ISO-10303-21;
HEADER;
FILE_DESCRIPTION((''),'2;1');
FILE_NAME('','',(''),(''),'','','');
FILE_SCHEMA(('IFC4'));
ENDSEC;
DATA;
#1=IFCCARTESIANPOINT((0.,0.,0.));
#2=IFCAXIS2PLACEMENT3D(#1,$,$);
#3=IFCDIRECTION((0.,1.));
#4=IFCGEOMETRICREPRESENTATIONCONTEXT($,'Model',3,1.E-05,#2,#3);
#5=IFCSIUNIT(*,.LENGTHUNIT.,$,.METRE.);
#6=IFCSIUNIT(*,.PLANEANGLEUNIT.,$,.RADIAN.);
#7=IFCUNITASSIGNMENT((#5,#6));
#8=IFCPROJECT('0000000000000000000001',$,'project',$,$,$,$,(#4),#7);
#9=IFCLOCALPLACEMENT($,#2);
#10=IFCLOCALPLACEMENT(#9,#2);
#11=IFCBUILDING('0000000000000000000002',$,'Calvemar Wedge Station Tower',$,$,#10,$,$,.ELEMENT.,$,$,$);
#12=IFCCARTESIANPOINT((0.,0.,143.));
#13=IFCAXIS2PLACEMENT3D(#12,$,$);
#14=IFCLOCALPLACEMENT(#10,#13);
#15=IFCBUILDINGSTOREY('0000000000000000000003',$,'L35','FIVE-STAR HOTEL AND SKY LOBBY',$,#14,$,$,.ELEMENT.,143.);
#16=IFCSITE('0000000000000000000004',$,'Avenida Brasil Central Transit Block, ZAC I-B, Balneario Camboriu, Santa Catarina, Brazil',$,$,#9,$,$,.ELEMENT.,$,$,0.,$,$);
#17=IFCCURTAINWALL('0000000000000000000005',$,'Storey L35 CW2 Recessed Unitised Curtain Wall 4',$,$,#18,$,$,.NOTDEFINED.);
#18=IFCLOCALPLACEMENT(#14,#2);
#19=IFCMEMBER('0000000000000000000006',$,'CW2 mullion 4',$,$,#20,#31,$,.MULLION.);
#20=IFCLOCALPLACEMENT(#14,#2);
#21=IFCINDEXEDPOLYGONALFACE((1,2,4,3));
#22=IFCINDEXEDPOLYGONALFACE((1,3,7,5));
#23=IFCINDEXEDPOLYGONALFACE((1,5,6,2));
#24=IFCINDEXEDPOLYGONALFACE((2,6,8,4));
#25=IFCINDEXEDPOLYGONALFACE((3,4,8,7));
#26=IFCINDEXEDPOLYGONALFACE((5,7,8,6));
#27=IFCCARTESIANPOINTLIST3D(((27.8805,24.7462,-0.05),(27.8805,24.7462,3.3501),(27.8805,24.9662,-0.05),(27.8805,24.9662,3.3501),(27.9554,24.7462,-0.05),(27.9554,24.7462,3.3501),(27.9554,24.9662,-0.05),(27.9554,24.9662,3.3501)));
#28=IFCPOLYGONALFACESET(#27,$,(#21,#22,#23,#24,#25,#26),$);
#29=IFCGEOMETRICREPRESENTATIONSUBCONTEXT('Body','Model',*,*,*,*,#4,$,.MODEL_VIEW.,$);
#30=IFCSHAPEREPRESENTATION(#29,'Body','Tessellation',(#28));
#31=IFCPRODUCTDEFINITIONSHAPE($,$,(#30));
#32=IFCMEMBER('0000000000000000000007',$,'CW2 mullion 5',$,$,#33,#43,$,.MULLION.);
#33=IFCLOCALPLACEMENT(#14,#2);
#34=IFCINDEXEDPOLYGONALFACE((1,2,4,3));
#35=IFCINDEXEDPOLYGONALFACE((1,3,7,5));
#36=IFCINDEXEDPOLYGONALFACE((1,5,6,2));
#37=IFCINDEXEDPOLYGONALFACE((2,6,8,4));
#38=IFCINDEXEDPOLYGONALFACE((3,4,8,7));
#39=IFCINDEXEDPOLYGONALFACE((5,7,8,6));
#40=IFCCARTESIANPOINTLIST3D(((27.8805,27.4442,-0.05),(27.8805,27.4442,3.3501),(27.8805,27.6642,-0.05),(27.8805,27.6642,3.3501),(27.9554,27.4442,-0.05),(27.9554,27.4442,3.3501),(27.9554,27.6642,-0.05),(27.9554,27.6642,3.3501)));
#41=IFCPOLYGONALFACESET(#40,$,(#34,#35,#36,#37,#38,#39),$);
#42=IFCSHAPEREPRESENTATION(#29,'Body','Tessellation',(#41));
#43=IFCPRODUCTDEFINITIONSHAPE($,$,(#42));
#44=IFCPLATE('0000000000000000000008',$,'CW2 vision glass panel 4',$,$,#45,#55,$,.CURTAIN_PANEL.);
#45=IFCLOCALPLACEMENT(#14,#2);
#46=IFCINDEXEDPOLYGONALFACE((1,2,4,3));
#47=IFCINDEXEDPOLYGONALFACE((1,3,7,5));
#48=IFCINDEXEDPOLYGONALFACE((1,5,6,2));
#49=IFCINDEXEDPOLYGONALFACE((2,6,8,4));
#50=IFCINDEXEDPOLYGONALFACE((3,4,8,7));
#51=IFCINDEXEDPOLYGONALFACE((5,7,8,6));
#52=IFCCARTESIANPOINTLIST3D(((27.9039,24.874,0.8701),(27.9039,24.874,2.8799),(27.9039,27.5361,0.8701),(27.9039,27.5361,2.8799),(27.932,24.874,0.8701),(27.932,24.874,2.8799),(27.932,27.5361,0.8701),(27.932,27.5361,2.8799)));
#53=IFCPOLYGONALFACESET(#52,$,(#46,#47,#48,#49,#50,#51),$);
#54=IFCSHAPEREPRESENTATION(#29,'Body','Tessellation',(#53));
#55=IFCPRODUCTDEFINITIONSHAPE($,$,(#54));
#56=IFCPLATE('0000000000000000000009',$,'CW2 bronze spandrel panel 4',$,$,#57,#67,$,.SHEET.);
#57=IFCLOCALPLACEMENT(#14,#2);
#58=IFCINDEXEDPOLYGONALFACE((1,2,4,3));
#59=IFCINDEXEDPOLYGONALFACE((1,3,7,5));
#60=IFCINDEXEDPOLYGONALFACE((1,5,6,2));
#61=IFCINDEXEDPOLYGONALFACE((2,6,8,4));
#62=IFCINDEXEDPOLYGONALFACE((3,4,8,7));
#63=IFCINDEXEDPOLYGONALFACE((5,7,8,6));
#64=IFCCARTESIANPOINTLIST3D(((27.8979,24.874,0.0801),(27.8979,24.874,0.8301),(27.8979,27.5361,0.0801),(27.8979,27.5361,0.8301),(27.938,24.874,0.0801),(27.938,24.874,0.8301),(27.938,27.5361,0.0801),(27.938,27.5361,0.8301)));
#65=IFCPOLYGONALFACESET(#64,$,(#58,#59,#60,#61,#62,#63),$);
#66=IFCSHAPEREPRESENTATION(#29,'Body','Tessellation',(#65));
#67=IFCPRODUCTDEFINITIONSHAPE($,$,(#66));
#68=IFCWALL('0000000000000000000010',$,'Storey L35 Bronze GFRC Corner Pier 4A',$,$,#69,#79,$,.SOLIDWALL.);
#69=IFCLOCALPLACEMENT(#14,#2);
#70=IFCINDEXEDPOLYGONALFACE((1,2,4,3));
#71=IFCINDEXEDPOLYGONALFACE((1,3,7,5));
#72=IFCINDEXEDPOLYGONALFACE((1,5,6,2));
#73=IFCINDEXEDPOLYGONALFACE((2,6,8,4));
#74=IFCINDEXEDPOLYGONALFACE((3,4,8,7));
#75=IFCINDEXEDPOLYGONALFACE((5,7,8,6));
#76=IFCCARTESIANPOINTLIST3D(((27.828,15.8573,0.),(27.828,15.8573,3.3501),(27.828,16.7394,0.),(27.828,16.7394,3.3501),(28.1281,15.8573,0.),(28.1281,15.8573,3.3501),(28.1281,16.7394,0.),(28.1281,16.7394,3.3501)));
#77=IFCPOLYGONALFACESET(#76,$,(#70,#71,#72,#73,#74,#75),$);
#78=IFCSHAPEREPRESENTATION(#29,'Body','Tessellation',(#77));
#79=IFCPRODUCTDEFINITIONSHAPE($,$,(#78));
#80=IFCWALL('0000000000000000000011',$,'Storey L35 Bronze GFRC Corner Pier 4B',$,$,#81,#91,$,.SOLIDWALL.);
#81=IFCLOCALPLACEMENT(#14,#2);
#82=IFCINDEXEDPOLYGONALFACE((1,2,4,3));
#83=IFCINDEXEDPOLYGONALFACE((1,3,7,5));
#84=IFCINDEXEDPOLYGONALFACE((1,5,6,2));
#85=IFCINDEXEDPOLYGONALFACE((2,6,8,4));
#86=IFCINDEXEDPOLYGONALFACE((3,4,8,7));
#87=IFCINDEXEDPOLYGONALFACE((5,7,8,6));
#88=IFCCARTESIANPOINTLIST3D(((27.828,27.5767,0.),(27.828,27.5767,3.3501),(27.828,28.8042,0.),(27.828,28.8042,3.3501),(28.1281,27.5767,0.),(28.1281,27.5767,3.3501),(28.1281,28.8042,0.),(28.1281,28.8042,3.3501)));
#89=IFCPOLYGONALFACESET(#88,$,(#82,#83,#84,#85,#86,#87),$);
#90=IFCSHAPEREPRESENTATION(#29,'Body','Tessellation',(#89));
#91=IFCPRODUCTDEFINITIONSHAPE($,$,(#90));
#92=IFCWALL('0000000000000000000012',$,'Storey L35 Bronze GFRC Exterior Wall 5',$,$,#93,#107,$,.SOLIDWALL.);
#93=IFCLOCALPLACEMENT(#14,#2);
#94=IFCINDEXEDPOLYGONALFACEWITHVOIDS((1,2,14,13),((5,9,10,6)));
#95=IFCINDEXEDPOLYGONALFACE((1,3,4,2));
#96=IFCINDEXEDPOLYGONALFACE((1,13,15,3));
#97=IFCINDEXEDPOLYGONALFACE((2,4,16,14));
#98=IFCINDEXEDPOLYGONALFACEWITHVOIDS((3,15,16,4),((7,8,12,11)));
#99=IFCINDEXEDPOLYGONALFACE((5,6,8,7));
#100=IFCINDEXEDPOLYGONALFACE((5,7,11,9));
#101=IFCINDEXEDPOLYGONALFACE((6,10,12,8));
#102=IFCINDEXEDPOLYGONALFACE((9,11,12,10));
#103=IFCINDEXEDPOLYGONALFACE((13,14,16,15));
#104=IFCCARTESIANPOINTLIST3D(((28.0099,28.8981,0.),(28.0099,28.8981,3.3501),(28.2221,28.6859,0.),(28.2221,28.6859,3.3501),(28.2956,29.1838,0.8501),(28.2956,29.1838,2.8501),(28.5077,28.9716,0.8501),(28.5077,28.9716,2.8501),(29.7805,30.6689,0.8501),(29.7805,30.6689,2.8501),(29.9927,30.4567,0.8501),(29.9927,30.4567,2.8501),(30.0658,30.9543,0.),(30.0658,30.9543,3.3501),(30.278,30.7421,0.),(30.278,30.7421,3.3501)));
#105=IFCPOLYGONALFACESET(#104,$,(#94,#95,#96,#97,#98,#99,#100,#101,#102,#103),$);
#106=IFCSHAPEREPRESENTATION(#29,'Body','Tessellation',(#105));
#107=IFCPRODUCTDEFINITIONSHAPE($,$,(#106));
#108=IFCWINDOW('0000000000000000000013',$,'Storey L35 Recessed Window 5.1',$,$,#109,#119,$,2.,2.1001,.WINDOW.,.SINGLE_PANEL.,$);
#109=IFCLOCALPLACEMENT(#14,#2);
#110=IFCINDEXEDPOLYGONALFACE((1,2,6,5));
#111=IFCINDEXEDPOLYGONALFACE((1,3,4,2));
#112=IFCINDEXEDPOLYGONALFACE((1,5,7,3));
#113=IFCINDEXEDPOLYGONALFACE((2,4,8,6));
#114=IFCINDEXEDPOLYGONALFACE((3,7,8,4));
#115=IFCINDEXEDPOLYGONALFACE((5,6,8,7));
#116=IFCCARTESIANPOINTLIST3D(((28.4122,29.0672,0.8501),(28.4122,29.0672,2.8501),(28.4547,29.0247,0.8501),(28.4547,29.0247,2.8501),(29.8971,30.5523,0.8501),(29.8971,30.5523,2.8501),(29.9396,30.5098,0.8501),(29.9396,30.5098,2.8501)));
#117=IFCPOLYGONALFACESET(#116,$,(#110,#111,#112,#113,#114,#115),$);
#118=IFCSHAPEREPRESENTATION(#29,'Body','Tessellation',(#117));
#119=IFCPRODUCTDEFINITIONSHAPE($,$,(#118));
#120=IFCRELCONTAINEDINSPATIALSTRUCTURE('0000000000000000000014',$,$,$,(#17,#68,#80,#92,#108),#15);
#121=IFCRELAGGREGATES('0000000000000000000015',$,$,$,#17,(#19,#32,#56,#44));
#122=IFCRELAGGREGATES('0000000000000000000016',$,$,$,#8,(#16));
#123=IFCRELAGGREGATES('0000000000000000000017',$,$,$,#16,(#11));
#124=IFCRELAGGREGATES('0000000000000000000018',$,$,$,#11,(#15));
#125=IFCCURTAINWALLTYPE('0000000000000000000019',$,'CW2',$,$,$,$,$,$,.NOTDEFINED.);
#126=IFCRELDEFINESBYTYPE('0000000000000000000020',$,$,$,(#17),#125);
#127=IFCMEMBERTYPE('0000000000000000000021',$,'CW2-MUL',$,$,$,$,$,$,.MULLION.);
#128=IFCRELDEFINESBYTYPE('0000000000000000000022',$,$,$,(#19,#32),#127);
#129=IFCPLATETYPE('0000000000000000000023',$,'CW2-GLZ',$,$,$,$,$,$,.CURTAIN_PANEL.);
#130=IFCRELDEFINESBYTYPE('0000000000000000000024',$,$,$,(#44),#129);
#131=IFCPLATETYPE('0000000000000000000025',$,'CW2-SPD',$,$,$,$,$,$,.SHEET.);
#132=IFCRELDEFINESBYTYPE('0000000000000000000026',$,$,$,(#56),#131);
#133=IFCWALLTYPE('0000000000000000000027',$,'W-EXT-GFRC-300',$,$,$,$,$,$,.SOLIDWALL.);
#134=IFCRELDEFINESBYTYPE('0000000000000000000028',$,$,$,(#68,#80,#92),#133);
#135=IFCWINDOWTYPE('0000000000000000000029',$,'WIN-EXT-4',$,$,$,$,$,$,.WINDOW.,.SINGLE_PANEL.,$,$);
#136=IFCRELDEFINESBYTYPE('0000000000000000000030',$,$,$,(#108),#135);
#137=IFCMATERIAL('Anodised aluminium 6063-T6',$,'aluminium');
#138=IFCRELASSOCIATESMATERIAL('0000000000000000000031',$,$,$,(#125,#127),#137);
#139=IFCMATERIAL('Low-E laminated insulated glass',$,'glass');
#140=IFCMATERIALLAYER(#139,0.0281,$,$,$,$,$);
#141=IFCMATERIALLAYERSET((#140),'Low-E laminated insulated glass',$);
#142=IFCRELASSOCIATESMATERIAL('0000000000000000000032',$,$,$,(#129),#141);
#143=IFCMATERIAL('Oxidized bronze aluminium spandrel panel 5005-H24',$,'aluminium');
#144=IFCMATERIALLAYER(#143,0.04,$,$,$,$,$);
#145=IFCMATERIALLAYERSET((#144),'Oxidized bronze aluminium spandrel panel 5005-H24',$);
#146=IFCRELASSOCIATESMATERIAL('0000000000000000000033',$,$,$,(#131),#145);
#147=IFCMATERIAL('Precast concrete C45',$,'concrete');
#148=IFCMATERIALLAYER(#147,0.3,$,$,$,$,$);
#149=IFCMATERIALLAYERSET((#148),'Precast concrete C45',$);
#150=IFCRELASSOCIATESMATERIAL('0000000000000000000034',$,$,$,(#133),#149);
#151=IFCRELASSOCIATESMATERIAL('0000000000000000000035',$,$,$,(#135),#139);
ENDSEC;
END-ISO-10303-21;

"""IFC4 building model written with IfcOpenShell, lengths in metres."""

from ifc_helpers import new_model, si_unit, direction, frame, frame_2d, origin, origin_2d, place, context, subcontext, project, spatial, rectangle, extrude, source, transform, mapped, material, layer, layer_set, material_profile, profile_set, type_object, element, fill, aggregate, save


model = new_model("IFC4")

# Units and contexts
model_context = context("Model", 3, precision=1e-05, world=origin(), true_north=direction((0.0, 1.0)))
body_context = subcontext(model_context, "Body", "Model", "MODEL_VIEW")
ifc_project = project(units=[si_unit("LENGTHUNIT", "METRE"), si_unit("PLANEANGLEUNIT", "RADIAN")], contexts=[model_context])

# Site, building, storey
site_placement = place(None, origin())
site = spatial("IfcSite", under=ifc_project, at=site_placement, Name="Avenida Brasil Central Transit Block, ZAC I-B, Balneario Camboriu, Santa Catarina, Brazil", CompositionType="ELEMENT", RefElevation=0.0)
building_placement = place(site_placement, origin())
building = spatial("IfcBuilding", under=site, at=building_placement, Name="Calvemar Wedge Station Tower", CompositionType="ELEMENT")
storey_placement = place(building_placement, frame((0.0, 0.0, 143.0)))
storey = spatial("IfcBuildingStorey", under=building, at=storey_placement, Name="L35", Description="FIVE-STAR HOTEL AND SKY LOBBY", CompositionType="ELEMENT", Elevation=143.0)

# Curtain wall, members, plates
ifc_material_1 = material(Name="Anodised aluminium 6063-T6", Category="aluminium")
curtain_wall_type = type_object("IfcCurtainWallType", Name="CW2", PredefinedType="NOTDEFINED", material=ifc_material_1)
curtain_wall_placement = place(storey_placement, origin())
curtain_wall = element("IfcCurtainWall", 1, at=curtain_wall_placement, inside=storey, type_object=curtain_wall_type, Name="Storey L35 CW2 Recessed Unitised Curtain Wall 4", PredefinedType="NOTDEFINED")
ifc_material_profile = material_profile(ifc_material_1, rectangle(XDim=0.075, YDim=0.22, at=origin_2d()), Name="AL-MUL-75x220")
ifc_profile_set = profile_set([ifc_material_profile], Name="Anodised aluminium 6063-T6")
member_type = type_object("IfcMemberType", Name="CW2-MUL", PredefinedType="MULLION", material=ifc_profile_set)
shared_shape_1 = source(origin(), body_context, "Body", "SweptSolid", [
    extrude(rectangle(XDim=0.075, YDim=0.22, at=origin_2d()), origin(), (0.0, 0.0, 1.0), 3.4001),
])
member_1_placement = place(storey_placement, frame((27.918, 24.8562, -0.05), z_axis=(0.0, 0.0, 1.0), x_axis=(1.0, 0.0, 0.0)))
member_1 = element("IfcMember", 2, at=member_1_placement, type_object=member_type, Name="CW2 mullion 4", PredefinedType="MULLION", context=body_context, shape_type="MappedRepresentation", body=[
    mapped(shared_shape_1, transform((0.0, 0.0, 0.0), scale=1.0)),
])
member_2_placement = place(storey_placement, frame((27.918, 27.5542, -0.05), z_axis=(0.0, 0.0, 1.0), x_axis=(1.0, 0.0, 0.0)))
member_2 = element("IfcMember", 3, at=member_2_placement, type_object=member_type, Name="CW2 mullion 5", PredefinedType="MULLION", context=body_context, shape_type="MappedRepresentation", body=[
    mapped(shared_shape_1, transform((0.0, 0.0, 0.0), scale=1.0)),
])
ifc_material_2 = material(Name="Low-E laminated insulated glass", Category="glass")
ifc_layer_1 = layer(ifc_material_2, 0.0281)
ifc_layer_set_1 = layer_set([ifc_layer_1], Name="Low-E laminated insulated glass")
plate_type_1 = type_object("IfcPlateType", Name="CW2-GLZ", PredefinedType="CURTAIN_PANEL", material=ifc_layer_set_1)
plate_1_placement = place(storey_placement, frame((27.918, 24.874, 0.8701), z_axis=(0.0, 0.0, 1.0), x_axis=(0.0, 1.0, 0.0)))
plate_1 = element("IfcPlate", 4, at=plate_1_placement, type_object=plate_type_1, Name="CW2 vision glass panel 4", PredefinedType="CURTAIN_PANEL", context=body_context, shape_type="SweptSolid", body=[
    extrude(rectangle(XDim=2.6621, YDim=0.0281, at=frame_2d((1.3311, 0.0))), origin(), (0.0, 0.0, 1.0), 2.0098),
])
ifc_material_3 = material(Name="Oxidized bronze aluminium spandrel panel 5005-H24", Category="aluminium")
ifc_layer_2 = layer(ifc_material_3, 0.04)
ifc_layer_set_2 = layer_set([ifc_layer_2], Name="Oxidized bronze aluminium spandrel panel 5005-H24")
plate_type_2 = type_object("IfcPlateType", Name="CW2-SPD", PredefinedType="SHEET", material=ifc_layer_set_2)
plate_2_placement = place(storey_placement, frame((27.918, 24.874, 0.0801), z_axis=(0.0, 0.0, 1.0), x_axis=(0.0, 1.0, 0.0)))
plate_2 = element("IfcPlate", 5, at=plate_2_placement, type_object=plate_type_2, Name="CW2 bronze spandrel panel 4", PredefinedType="SHEET", context=body_context, shape_type="SweptSolid", body=[
    extrude(rectangle(XDim=2.6621, YDim=0.04, at=frame_2d((1.3311, 0.0))), origin(), (0.0, 0.0, 1.0), 0.75),
])
aggregate(curtain_wall, [member_1, member_2, plate_2, plate_1])

# Walls
ifc_material_4 = material(Name="Precast concrete C45", Category="concrete")
ifc_layer_3 = layer(ifc_material_4, 0.3)
ifc_layer_set_3 = layer_set([ifc_layer_3], Name="Precast concrete C45")
wall_type_1 = type_object("IfcWallType", Name="W-EXT-GFRC-300", PredefinedType="SOLIDWALL", material=ifc_layer_set_3)
wall_1_placement = place(storey_placement, frame((27.978, 15.8574, 0.0), z_axis=(0.0, 0.0, 1.0), x_axis=(0.0, 1.0, 0.0)))
element("IfcWall", 6, at=wall_1_placement, inside=storey, type_object=wall_type_1, Name="Storey L35 Bronze GFRC Corner Pier 4A", PredefinedType="SOLIDWALL", context=body_context, shape_type="SweptSolid", body=[
    extrude(rectangle(XDim=0.8821, YDim=0.3, at=frame_2d((0.4409, 0.0))), origin(), (0.0, 0.0, 1.0), 3.3501),
])
wall_2_placement = place(storey_placement, frame((27.978, 27.5767, 0.0), z_axis=(0.0, 0.0, 1.0), x_axis=(0.0, 1.0, 0.0)))
element("IfcWall", 7, at=wall_2_placement, inside=storey, type_object=wall_type_1, Name="Storey L35 Bronze GFRC Corner Pier 4B", PredefinedType="SOLIDWALL", context=body_context, shape_type="SweptSolid", body=[
    extrude(rectangle(XDim=1.2275, YDim=0.3, at=frame_2d((0.6138, 0.0))), origin(), (0.0, 0.0, 1.0), 3.3501),
])

# Wall, opening, window
wall_3_placement = place(storey_placement, frame((28.116, 28.792, 0.0), z_axis=(0.0, 0.0, 1.0), x_axis=(0.707065, 0.707149, 0.0)))
wall_3 = element("IfcWall", 8, at=wall_3_placement, inside=storey, type_object=wall_type_1, Name="Storey L35 Bronze GFRC Exterior Wall 5", PredefinedType="SOLIDWALL", context=body_context, shape_type="SweptSolid", body=[
    extrude(rectangle(XDim=2.9077, YDim=0.3, at=frame_2d((1.4539, 0.0))), origin(), (0.0, 0.0, 1.0), 3.3501),
])
shared_shape_2 = source(origin(), body_context, "Body", "SweptSolid", [
    extrude(rectangle(XDim=2.1001, YDim=2.0, at=frame_2d((1.05, 1.0))), frame((0.0, 0.1602, 0.0), z_axis=(0.0, -1.0, 0.0), x_axis=(1.0, 0.0, 0.0)), (0.0, 0.0, 1.0), 0.3201),
])
opening_1_placement = place(wall_3_placement, frame((0.4041, 0.0, 0.8501)))
opening_1 = element("IfcOpeningElement", 9, at=opening_1_placement, cuts=wall_3, PredefinedType="OPENING", context=body_context, shape_type="MappedRepresentation", body=[
    mapped(shared_shape_2, transform((0.0, 0.0, 0.0), scale=1.0)),
])
window_type_1 = type_object("IfcWindowType", Name="WIN-EXT-4", PartitioningType="SINGLE_PANEL", PredefinedType="WINDOW", material=ifc_material_2)
shared_shape_3 = source(origin(), body_context, "Body", "SweptSolid", [
    extrude(rectangle(XDim=2.1001, YDim=2.0, at=frame_2d((1.05, 1.0))), frame((0.0, -0.0149, 0.0), z_axis=(0.0, -1.0, 0.0), x_axis=(1.0, 0.0, 0.0)), (0.0, 0.0, 1.0), 0.0601),
])
window_1_placement = place(opening_1_placement, origin())
window_1 = element("IfcWindow", 10, at=window_1_placement, inside=storey, type_object=window_type_1, Name="Storey L35 Recessed Window 5.1", OverallHeight=2.0, OverallWidth=2.1001, PartitioningType="SINGLE_PANEL", PredefinedType="WINDOW", context=body_context, shape_type="MappedRepresentation", body=[
    mapped(shared_shape_3, transform((0.0, 0.0, 0.0), scale=1.0)),
])
fill(opening_1, window_1)

save(model, "model.ifc")
